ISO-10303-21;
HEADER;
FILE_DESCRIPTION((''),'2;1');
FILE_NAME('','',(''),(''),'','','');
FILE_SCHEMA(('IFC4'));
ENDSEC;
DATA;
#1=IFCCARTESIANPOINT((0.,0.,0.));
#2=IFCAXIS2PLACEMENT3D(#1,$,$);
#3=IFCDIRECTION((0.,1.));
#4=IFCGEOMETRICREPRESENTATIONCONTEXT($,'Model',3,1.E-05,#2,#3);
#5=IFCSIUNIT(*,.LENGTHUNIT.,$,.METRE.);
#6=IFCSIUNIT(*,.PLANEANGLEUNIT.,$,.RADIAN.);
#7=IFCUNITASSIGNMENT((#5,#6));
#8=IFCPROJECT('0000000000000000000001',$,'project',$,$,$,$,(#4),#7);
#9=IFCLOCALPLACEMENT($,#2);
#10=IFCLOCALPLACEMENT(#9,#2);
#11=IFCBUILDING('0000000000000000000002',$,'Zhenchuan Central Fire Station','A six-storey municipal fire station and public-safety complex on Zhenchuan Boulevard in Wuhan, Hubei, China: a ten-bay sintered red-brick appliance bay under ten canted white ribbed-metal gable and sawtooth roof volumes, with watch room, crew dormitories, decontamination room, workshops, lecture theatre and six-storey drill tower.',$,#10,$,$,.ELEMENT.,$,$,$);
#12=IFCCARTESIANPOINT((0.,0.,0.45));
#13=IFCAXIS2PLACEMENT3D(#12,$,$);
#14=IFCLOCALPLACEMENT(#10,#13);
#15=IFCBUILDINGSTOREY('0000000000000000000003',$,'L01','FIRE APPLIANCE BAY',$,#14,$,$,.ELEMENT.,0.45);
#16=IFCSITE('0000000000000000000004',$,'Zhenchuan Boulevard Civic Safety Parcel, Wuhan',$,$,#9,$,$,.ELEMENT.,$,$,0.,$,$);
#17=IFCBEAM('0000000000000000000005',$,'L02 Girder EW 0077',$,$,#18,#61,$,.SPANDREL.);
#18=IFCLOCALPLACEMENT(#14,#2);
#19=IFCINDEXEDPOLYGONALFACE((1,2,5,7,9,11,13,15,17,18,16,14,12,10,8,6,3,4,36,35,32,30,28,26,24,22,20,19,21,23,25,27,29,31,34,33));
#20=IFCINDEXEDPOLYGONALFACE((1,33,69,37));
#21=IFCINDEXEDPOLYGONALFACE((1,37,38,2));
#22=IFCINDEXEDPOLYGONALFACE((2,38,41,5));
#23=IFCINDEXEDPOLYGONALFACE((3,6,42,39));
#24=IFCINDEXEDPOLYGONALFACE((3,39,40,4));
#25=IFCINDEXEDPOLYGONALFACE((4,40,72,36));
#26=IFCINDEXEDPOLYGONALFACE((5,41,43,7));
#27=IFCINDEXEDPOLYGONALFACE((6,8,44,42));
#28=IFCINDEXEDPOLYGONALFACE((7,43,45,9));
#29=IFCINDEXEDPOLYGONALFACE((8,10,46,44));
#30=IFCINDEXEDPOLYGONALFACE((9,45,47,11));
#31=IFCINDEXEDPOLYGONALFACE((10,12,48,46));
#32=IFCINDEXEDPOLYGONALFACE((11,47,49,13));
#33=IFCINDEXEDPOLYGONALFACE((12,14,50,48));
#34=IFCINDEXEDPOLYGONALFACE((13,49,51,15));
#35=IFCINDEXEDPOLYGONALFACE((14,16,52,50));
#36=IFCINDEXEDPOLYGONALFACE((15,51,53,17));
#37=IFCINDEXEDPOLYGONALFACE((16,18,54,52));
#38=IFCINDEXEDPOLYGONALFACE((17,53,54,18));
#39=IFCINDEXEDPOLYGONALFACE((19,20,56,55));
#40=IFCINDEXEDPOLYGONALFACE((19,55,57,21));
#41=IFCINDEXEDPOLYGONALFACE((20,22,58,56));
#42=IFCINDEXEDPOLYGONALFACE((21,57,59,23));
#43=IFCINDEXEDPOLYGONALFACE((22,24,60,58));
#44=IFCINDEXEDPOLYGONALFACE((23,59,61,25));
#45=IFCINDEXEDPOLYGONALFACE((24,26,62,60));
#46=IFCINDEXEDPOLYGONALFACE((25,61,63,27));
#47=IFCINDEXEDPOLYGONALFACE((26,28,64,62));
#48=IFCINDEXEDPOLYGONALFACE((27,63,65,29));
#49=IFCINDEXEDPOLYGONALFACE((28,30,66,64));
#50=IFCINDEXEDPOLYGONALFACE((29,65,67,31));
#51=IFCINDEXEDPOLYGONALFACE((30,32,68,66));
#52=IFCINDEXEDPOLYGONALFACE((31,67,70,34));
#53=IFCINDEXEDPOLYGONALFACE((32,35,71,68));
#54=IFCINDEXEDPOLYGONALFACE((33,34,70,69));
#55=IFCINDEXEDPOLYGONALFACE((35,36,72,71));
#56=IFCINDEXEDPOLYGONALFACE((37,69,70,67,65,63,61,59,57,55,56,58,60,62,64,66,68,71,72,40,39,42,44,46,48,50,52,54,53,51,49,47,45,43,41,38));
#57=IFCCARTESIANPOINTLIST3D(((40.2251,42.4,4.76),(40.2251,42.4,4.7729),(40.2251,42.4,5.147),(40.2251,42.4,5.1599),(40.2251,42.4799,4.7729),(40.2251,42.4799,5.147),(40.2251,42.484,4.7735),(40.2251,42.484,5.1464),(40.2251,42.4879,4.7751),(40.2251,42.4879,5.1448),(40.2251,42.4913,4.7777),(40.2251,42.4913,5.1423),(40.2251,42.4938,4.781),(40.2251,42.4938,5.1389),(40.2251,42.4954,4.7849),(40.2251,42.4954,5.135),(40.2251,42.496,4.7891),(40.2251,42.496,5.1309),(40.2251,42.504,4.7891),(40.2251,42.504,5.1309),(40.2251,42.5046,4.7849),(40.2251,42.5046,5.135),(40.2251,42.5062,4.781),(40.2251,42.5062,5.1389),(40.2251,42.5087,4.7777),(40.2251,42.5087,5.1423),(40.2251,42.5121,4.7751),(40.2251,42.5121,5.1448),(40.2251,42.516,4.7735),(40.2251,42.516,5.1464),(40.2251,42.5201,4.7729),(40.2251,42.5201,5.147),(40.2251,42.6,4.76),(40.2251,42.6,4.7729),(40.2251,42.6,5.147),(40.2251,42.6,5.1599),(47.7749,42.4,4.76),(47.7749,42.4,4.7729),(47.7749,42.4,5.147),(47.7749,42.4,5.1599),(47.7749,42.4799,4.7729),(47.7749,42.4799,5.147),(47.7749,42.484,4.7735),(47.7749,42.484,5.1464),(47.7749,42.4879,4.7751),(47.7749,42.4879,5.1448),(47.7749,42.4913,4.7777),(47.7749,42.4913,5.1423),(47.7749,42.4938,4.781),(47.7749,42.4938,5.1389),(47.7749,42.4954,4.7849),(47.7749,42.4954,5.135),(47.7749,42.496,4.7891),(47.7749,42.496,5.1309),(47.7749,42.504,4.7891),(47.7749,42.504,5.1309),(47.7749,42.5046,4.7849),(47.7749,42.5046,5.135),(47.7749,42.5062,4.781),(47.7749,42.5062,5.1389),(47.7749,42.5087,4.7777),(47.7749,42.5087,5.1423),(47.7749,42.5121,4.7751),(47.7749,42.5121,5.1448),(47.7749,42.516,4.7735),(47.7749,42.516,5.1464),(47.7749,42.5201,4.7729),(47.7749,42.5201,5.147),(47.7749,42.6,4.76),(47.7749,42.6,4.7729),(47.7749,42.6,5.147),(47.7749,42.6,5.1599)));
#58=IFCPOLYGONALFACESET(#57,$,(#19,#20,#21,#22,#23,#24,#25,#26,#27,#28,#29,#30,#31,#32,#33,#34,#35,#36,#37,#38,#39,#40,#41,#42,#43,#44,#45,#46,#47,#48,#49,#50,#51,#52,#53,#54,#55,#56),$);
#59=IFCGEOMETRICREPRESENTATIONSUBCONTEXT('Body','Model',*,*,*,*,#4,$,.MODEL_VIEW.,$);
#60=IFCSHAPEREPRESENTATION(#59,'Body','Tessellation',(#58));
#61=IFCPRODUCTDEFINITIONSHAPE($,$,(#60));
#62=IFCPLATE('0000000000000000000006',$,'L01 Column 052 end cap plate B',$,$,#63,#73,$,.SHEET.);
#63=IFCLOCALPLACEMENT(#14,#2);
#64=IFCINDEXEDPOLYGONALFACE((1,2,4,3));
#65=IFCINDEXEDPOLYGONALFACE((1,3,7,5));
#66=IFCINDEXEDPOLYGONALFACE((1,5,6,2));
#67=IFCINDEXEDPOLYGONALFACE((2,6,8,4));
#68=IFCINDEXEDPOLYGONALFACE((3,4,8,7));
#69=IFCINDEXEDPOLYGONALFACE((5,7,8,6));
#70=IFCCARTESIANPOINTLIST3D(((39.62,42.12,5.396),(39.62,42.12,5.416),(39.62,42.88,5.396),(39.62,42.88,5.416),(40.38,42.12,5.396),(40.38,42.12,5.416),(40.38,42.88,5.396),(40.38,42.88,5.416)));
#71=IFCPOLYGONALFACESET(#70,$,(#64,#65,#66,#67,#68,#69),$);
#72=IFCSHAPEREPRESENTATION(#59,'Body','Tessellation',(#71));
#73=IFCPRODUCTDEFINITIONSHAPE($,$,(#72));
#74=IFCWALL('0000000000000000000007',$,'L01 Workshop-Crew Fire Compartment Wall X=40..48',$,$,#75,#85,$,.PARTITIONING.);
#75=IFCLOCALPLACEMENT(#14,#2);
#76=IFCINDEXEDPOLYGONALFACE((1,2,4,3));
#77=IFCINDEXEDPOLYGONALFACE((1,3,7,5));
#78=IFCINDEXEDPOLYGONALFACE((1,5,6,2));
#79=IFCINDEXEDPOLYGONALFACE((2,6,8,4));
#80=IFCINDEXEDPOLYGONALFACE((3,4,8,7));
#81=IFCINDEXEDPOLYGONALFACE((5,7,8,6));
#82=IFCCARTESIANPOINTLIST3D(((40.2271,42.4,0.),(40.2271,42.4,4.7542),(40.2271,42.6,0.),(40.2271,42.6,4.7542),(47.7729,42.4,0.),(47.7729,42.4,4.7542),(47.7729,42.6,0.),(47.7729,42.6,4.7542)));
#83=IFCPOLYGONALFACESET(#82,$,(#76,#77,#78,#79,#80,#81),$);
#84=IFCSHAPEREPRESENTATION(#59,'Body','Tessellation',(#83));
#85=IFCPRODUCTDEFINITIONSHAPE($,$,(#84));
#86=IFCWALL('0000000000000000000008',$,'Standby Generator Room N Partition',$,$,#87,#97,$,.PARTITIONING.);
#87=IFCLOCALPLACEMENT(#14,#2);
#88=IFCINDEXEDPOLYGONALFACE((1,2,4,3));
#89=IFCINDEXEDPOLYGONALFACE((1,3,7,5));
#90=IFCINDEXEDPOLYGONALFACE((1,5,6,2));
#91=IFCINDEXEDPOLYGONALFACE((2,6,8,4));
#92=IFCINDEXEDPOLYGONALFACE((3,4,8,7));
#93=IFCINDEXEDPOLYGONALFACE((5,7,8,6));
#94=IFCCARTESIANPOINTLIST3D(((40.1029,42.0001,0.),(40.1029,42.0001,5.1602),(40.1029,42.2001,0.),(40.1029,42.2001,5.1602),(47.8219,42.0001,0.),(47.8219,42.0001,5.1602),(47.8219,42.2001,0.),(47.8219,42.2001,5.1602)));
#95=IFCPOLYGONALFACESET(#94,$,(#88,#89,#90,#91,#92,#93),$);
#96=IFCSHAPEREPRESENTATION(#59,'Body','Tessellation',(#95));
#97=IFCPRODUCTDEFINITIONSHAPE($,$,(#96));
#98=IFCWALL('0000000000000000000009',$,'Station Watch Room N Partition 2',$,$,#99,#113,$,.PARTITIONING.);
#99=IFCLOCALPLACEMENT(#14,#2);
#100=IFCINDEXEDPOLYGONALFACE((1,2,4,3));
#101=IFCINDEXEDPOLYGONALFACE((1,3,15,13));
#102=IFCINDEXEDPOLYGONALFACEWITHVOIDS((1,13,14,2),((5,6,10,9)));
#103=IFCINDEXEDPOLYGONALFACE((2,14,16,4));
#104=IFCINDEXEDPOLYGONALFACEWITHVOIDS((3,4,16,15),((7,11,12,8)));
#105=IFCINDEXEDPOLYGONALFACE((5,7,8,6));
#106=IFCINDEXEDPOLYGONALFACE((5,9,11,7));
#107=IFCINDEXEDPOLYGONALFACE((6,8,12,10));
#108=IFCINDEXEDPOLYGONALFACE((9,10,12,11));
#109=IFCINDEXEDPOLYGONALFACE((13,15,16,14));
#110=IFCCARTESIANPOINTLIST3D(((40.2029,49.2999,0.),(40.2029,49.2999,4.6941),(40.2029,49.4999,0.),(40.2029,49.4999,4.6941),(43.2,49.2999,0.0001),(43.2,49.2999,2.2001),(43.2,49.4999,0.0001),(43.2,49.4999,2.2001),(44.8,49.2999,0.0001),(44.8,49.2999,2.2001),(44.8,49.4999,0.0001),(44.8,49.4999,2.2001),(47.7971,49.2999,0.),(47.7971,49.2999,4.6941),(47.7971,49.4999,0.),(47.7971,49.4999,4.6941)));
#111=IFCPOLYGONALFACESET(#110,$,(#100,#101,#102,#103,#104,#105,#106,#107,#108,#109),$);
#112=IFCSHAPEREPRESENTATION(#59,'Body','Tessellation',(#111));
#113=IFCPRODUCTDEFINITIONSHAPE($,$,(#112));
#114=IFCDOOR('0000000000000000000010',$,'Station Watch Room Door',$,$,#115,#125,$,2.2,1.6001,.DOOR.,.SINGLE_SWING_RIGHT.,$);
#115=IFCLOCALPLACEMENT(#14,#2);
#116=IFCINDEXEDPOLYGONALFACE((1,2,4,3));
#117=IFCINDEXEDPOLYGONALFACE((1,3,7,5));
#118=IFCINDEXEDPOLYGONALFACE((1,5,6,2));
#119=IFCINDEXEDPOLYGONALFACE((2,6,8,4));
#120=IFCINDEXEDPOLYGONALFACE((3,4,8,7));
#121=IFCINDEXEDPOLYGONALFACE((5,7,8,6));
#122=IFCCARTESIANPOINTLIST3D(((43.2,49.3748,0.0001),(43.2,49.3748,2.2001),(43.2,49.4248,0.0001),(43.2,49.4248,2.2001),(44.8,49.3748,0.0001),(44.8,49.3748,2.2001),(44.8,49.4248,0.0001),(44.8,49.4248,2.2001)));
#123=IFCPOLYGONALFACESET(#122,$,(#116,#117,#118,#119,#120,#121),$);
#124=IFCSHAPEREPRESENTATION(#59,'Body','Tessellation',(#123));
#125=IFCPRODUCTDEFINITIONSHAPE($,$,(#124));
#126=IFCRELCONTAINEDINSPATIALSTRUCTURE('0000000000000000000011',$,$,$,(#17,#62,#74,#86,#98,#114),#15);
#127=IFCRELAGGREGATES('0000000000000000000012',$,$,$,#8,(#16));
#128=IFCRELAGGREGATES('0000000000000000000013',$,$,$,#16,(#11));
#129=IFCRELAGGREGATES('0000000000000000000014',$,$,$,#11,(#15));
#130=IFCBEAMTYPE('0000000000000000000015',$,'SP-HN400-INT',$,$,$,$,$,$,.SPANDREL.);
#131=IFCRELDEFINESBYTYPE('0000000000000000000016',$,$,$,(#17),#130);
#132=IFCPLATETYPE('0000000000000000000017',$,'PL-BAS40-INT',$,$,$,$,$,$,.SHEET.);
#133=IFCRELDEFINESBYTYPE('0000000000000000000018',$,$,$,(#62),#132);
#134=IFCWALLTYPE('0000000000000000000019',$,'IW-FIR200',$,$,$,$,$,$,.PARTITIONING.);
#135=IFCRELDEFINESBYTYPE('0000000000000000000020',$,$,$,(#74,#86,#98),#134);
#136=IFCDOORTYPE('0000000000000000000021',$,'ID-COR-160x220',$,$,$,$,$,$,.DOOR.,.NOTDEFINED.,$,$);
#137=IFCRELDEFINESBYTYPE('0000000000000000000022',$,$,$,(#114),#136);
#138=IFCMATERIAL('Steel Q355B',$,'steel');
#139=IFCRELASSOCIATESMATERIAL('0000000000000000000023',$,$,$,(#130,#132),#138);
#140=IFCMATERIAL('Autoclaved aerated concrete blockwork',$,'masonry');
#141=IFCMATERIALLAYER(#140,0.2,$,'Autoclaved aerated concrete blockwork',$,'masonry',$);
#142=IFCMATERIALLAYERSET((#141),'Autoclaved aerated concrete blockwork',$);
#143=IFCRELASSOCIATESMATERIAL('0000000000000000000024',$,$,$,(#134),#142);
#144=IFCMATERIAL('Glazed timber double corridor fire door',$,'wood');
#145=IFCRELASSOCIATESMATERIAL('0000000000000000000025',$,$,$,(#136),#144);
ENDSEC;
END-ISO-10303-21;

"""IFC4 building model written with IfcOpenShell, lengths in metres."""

from ifc_helpers import new_model, si_unit, direction, frame, frame_2d, origin, origin_2d, place, context, subcontext, project, spatial, rectangle, i_section, extrude, material, layer, layer_set, material_profile, profile_set, type_object, element, fill, save


model = new_model("IFC4")

# Units and contexts
model_context = context("Model", 3, precision=1e-05, world=origin(), true_north=direction((0.0, 1.0)))
body_context = subcontext(model_context, "Body", "Model", "MODEL_VIEW")
ifc_project = project(units=[si_unit("LENGTHUNIT", "METRE"), si_unit("PLANEANGLEUNIT", "RADIAN")], contexts=[model_context])

# Site, building, storey
site_placement = place(None, origin())
site = spatial("IfcSite", under=ifc_project, at=site_placement, Name="Zhenchuan Boulevard Civic Safety Parcel, Wuhan", CompositionType="ELEMENT", RefElevation=0.0)
building_placement = place(site_placement, origin())
building = spatial("IfcBuilding", under=site, at=building_placement, Name="Zhenchuan Central Fire Station", Description="A six-storey municipal fire station and public-safety complex on Zhenchuan Boulevard in Wuhan, Hubei, China: a ten-bay sintered red-brick appliance bay under ten canted white ribbed-metal gable and sawtooth roof volumes, with watch room, crew dormitories, decontamination room, workshops, lecture theatre and six-storey drill tower.", CompositionType="ELEMENT")
storey_placement = place(building_placement, frame((0.0, 0.0, 0.45)))
storey = spatial("IfcBuildingStorey", under=building, at=storey_placement, Name="L01", Description="FIRE APPLIANCE BAY", CompositionType="ELEMENT", Elevation=0.45)

# Shared definitions
ifc_material_1 = material(Name="Steel Q355B", Category="steel")

# Beam
ifc_material_profile_1 = material_profile(ifc_material_1, i_section(OverallWidth=0.2, OverallDepth=0.3999, WebThickness=0.0081, FlangeThickness=0.0129, FilletRadius=0.0161, at=origin_2d()), Name="HN 400x200")
ifc_profile_set_1 = profile_set([ifc_material_profile_1], Name="Steel Q355B")
beam_type_1 = type_object("IfcBeamType", Name="SP-HN400-INT", PredefinedType="SPANDREL", material=ifc_profile_set_1)
beam_1_placement = place(storey_placement, frame((40.2251, 42.5, 4.96), z_axis=(1.0, 0.0, 0.0), x_axis=(0.0, 1.0, 0.0)))
element("IfcBeam", 1, at=beam_1_placement, inside=storey, type_object=beam_type_1, Name="L02 Girder EW 0077", PredefinedType="SPANDREL", context=body_context, shape_type="SweptSolid", body=[
    extrude(i_section(OverallWidth=0.2, OverallDepth=0.3999, WebThickness=0.0081, FlangeThickness=0.0129, FilletRadius=0.0161, at=origin_2d()), origin(), (0.0, 0.0, 1.0), 7.5498),
])

# Plate
ifc_material_profile_2 = material_profile(ifc_material_1, rectangle(XDim=0.76, YDim=0.76, at=origin_2d()), Name="PL 760x760x40")
ifc_profile_set_2 = profile_set([ifc_material_profile_2], Name="Steel Q355B")
plate_type = type_object("IfcPlateType", Name="PL-BAS40-INT", PredefinedType="SHEET", material=ifc_profile_set_2)
plate_placement = place(storey_placement, frame((40.0, 42.5, 5.396), z_axis=(0.0, 0.0, 1.0), x_axis=(1.0, 0.0, 0.0)))
element("IfcPlate", 2, at=plate_placement, inside=storey, type_object=plate_type, Name="L01 Column 052 end cap plate B", PredefinedType="SHEET", context=body_context, shape_type="SweptSolid", body=[
    extrude(rectangle(XDim=0.76, YDim=0.76, at=origin_2d()), origin(), (0.0, 0.0, 1.0), 0.02),
])

# Walls
ifc_material_2 = material(Name="Autoclaved aerated concrete blockwork", Category="masonry")
ifc_layer = layer(ifc_material_2, 0.2, Name="Autoclaved aerated concrete blockwork", Category="masonry")
ifc_layer_set = layer_set([ifc_layer], Name="Autoclaved aerated concrete blockwork")
wall_type = type_object("IfcWallType", Name="IW-FIR200", PredefinedType="PARTITIONING", material=ifc_layer_set)
wall_1_placement = place(storey_placement, frame((40.2271, 42.5, 0.0), z_axis=(0.0, 0.0, 1.0), x_axis=(1.0, 0.0, 0.0)))
element("IfcWall", 3, at=wall_1_placement, inside=storey, type_object=wall_type, Name="L01 Workshop-Crew Fire Compartment Wall X=40..48", PredefinedType="PARTITIONING", context=body_context, shape_type="SweptSolid", body=[
    extrude(rectangle(XDim=7.5459, YDim=0.2, at=frame_2d((3.7729, 0.0))), origin(), (0.0, 0.0, 1.0), 4.7542),
])
wall_2_placement = place(storey_placement, frame((40.103, 42.1001, 0.0), z_axis=(0.0, 0.0, 1.0), x_axis=(1.0, 0.0, 0.0)))
element("IfcWall", 4, at=wall_2_placement, inside=storey, type_object=wall_type, Name="Standby Generator Room N Partition", PredefinedType="PARTITIONING", context=body_context, shape_type="SweptSolid", body=[
    extrude(rectangle(XDim=7.719, YDim=0.2, at=frame_2d((3.8594, 0.0))), origin(), (0.0, 0.0, 1.0), 5.1602),
])

# Wall, opening, door
wall_3_placement = place(storey_placement, frame((40.2029, 49.3999, 0.0), z_axis=(0.0, 0.0, 1.0), x_axis=(1.0, 0.0, 0.0)))
wall_3 = element("IfcWall", 5, at=wall_3_placement, inside=storey, type_object=wall_type, Name="Station Watch Room N Partition 2", PredefinedType="PARTITIONING", context=body_context, shape_type="SweptSolid", body=[
    extrude(rectangle(XDim=7.5942, YDim=0.2, at=frame_2d((3.7971, 0.0))), origin(), (0.0, 0.0, 1.0), 4.6941),
])
opening_placement = place(wall_3_placement, frame((2.9971, 0.0, 0.0)))
opening = element("IfcOpeningElement", 6, at=opening_placement, cuts=wall_3, PredefinedType="OPENING", context=body_context, shape_type="SweptSolid", body=[
    extrude(rectangle(XDim=1.6001, YDim=2.2, at=frame_2d((0.8, 1.1001))), frame((0.0, 0.1099, 0.0), z_axis=(0.0, -1.0, 0.0), x_axis=(1.0, 0.0, 0.0)), (0.0, 0.0, 1.0), 0.22),
])
ifc_material_3 = material(Name="Glazed timber double corridor fire door", Category="wood")
door_type = type_object("IfcDoorType", Name="ID-COR-160x220", OperationType="NOTDEFINED", PredefinedType="DOOR", material=ifc_material_3)
door_placement = place(opening_placement, origin())
door = element("IfcDoor", 7, at=door_placement, inside=storey, type_object=door_type, Name="Station Watch Room Door", OperationType="SINGLE_SWING_RIGHT", OverallHeight=2.2, OverallWidth=1.6001, PredefinedType="DOOR", context=body_context, shape_type="SweptSolid", body=[
    extrude(rectangle(XDim=1.6001, YDim=2.2, at=frame_2d((0.8, 1.1001))), frame((0.0, 0.0249, 0.0), z_axis=(0.0, -1.0, 0.0), x_axis=(1.0, 0.0, 0.0)), (0.0, 0.0, 1.0), 0.05),
])
fill(opening, door)

save(model, "model.ifc")
